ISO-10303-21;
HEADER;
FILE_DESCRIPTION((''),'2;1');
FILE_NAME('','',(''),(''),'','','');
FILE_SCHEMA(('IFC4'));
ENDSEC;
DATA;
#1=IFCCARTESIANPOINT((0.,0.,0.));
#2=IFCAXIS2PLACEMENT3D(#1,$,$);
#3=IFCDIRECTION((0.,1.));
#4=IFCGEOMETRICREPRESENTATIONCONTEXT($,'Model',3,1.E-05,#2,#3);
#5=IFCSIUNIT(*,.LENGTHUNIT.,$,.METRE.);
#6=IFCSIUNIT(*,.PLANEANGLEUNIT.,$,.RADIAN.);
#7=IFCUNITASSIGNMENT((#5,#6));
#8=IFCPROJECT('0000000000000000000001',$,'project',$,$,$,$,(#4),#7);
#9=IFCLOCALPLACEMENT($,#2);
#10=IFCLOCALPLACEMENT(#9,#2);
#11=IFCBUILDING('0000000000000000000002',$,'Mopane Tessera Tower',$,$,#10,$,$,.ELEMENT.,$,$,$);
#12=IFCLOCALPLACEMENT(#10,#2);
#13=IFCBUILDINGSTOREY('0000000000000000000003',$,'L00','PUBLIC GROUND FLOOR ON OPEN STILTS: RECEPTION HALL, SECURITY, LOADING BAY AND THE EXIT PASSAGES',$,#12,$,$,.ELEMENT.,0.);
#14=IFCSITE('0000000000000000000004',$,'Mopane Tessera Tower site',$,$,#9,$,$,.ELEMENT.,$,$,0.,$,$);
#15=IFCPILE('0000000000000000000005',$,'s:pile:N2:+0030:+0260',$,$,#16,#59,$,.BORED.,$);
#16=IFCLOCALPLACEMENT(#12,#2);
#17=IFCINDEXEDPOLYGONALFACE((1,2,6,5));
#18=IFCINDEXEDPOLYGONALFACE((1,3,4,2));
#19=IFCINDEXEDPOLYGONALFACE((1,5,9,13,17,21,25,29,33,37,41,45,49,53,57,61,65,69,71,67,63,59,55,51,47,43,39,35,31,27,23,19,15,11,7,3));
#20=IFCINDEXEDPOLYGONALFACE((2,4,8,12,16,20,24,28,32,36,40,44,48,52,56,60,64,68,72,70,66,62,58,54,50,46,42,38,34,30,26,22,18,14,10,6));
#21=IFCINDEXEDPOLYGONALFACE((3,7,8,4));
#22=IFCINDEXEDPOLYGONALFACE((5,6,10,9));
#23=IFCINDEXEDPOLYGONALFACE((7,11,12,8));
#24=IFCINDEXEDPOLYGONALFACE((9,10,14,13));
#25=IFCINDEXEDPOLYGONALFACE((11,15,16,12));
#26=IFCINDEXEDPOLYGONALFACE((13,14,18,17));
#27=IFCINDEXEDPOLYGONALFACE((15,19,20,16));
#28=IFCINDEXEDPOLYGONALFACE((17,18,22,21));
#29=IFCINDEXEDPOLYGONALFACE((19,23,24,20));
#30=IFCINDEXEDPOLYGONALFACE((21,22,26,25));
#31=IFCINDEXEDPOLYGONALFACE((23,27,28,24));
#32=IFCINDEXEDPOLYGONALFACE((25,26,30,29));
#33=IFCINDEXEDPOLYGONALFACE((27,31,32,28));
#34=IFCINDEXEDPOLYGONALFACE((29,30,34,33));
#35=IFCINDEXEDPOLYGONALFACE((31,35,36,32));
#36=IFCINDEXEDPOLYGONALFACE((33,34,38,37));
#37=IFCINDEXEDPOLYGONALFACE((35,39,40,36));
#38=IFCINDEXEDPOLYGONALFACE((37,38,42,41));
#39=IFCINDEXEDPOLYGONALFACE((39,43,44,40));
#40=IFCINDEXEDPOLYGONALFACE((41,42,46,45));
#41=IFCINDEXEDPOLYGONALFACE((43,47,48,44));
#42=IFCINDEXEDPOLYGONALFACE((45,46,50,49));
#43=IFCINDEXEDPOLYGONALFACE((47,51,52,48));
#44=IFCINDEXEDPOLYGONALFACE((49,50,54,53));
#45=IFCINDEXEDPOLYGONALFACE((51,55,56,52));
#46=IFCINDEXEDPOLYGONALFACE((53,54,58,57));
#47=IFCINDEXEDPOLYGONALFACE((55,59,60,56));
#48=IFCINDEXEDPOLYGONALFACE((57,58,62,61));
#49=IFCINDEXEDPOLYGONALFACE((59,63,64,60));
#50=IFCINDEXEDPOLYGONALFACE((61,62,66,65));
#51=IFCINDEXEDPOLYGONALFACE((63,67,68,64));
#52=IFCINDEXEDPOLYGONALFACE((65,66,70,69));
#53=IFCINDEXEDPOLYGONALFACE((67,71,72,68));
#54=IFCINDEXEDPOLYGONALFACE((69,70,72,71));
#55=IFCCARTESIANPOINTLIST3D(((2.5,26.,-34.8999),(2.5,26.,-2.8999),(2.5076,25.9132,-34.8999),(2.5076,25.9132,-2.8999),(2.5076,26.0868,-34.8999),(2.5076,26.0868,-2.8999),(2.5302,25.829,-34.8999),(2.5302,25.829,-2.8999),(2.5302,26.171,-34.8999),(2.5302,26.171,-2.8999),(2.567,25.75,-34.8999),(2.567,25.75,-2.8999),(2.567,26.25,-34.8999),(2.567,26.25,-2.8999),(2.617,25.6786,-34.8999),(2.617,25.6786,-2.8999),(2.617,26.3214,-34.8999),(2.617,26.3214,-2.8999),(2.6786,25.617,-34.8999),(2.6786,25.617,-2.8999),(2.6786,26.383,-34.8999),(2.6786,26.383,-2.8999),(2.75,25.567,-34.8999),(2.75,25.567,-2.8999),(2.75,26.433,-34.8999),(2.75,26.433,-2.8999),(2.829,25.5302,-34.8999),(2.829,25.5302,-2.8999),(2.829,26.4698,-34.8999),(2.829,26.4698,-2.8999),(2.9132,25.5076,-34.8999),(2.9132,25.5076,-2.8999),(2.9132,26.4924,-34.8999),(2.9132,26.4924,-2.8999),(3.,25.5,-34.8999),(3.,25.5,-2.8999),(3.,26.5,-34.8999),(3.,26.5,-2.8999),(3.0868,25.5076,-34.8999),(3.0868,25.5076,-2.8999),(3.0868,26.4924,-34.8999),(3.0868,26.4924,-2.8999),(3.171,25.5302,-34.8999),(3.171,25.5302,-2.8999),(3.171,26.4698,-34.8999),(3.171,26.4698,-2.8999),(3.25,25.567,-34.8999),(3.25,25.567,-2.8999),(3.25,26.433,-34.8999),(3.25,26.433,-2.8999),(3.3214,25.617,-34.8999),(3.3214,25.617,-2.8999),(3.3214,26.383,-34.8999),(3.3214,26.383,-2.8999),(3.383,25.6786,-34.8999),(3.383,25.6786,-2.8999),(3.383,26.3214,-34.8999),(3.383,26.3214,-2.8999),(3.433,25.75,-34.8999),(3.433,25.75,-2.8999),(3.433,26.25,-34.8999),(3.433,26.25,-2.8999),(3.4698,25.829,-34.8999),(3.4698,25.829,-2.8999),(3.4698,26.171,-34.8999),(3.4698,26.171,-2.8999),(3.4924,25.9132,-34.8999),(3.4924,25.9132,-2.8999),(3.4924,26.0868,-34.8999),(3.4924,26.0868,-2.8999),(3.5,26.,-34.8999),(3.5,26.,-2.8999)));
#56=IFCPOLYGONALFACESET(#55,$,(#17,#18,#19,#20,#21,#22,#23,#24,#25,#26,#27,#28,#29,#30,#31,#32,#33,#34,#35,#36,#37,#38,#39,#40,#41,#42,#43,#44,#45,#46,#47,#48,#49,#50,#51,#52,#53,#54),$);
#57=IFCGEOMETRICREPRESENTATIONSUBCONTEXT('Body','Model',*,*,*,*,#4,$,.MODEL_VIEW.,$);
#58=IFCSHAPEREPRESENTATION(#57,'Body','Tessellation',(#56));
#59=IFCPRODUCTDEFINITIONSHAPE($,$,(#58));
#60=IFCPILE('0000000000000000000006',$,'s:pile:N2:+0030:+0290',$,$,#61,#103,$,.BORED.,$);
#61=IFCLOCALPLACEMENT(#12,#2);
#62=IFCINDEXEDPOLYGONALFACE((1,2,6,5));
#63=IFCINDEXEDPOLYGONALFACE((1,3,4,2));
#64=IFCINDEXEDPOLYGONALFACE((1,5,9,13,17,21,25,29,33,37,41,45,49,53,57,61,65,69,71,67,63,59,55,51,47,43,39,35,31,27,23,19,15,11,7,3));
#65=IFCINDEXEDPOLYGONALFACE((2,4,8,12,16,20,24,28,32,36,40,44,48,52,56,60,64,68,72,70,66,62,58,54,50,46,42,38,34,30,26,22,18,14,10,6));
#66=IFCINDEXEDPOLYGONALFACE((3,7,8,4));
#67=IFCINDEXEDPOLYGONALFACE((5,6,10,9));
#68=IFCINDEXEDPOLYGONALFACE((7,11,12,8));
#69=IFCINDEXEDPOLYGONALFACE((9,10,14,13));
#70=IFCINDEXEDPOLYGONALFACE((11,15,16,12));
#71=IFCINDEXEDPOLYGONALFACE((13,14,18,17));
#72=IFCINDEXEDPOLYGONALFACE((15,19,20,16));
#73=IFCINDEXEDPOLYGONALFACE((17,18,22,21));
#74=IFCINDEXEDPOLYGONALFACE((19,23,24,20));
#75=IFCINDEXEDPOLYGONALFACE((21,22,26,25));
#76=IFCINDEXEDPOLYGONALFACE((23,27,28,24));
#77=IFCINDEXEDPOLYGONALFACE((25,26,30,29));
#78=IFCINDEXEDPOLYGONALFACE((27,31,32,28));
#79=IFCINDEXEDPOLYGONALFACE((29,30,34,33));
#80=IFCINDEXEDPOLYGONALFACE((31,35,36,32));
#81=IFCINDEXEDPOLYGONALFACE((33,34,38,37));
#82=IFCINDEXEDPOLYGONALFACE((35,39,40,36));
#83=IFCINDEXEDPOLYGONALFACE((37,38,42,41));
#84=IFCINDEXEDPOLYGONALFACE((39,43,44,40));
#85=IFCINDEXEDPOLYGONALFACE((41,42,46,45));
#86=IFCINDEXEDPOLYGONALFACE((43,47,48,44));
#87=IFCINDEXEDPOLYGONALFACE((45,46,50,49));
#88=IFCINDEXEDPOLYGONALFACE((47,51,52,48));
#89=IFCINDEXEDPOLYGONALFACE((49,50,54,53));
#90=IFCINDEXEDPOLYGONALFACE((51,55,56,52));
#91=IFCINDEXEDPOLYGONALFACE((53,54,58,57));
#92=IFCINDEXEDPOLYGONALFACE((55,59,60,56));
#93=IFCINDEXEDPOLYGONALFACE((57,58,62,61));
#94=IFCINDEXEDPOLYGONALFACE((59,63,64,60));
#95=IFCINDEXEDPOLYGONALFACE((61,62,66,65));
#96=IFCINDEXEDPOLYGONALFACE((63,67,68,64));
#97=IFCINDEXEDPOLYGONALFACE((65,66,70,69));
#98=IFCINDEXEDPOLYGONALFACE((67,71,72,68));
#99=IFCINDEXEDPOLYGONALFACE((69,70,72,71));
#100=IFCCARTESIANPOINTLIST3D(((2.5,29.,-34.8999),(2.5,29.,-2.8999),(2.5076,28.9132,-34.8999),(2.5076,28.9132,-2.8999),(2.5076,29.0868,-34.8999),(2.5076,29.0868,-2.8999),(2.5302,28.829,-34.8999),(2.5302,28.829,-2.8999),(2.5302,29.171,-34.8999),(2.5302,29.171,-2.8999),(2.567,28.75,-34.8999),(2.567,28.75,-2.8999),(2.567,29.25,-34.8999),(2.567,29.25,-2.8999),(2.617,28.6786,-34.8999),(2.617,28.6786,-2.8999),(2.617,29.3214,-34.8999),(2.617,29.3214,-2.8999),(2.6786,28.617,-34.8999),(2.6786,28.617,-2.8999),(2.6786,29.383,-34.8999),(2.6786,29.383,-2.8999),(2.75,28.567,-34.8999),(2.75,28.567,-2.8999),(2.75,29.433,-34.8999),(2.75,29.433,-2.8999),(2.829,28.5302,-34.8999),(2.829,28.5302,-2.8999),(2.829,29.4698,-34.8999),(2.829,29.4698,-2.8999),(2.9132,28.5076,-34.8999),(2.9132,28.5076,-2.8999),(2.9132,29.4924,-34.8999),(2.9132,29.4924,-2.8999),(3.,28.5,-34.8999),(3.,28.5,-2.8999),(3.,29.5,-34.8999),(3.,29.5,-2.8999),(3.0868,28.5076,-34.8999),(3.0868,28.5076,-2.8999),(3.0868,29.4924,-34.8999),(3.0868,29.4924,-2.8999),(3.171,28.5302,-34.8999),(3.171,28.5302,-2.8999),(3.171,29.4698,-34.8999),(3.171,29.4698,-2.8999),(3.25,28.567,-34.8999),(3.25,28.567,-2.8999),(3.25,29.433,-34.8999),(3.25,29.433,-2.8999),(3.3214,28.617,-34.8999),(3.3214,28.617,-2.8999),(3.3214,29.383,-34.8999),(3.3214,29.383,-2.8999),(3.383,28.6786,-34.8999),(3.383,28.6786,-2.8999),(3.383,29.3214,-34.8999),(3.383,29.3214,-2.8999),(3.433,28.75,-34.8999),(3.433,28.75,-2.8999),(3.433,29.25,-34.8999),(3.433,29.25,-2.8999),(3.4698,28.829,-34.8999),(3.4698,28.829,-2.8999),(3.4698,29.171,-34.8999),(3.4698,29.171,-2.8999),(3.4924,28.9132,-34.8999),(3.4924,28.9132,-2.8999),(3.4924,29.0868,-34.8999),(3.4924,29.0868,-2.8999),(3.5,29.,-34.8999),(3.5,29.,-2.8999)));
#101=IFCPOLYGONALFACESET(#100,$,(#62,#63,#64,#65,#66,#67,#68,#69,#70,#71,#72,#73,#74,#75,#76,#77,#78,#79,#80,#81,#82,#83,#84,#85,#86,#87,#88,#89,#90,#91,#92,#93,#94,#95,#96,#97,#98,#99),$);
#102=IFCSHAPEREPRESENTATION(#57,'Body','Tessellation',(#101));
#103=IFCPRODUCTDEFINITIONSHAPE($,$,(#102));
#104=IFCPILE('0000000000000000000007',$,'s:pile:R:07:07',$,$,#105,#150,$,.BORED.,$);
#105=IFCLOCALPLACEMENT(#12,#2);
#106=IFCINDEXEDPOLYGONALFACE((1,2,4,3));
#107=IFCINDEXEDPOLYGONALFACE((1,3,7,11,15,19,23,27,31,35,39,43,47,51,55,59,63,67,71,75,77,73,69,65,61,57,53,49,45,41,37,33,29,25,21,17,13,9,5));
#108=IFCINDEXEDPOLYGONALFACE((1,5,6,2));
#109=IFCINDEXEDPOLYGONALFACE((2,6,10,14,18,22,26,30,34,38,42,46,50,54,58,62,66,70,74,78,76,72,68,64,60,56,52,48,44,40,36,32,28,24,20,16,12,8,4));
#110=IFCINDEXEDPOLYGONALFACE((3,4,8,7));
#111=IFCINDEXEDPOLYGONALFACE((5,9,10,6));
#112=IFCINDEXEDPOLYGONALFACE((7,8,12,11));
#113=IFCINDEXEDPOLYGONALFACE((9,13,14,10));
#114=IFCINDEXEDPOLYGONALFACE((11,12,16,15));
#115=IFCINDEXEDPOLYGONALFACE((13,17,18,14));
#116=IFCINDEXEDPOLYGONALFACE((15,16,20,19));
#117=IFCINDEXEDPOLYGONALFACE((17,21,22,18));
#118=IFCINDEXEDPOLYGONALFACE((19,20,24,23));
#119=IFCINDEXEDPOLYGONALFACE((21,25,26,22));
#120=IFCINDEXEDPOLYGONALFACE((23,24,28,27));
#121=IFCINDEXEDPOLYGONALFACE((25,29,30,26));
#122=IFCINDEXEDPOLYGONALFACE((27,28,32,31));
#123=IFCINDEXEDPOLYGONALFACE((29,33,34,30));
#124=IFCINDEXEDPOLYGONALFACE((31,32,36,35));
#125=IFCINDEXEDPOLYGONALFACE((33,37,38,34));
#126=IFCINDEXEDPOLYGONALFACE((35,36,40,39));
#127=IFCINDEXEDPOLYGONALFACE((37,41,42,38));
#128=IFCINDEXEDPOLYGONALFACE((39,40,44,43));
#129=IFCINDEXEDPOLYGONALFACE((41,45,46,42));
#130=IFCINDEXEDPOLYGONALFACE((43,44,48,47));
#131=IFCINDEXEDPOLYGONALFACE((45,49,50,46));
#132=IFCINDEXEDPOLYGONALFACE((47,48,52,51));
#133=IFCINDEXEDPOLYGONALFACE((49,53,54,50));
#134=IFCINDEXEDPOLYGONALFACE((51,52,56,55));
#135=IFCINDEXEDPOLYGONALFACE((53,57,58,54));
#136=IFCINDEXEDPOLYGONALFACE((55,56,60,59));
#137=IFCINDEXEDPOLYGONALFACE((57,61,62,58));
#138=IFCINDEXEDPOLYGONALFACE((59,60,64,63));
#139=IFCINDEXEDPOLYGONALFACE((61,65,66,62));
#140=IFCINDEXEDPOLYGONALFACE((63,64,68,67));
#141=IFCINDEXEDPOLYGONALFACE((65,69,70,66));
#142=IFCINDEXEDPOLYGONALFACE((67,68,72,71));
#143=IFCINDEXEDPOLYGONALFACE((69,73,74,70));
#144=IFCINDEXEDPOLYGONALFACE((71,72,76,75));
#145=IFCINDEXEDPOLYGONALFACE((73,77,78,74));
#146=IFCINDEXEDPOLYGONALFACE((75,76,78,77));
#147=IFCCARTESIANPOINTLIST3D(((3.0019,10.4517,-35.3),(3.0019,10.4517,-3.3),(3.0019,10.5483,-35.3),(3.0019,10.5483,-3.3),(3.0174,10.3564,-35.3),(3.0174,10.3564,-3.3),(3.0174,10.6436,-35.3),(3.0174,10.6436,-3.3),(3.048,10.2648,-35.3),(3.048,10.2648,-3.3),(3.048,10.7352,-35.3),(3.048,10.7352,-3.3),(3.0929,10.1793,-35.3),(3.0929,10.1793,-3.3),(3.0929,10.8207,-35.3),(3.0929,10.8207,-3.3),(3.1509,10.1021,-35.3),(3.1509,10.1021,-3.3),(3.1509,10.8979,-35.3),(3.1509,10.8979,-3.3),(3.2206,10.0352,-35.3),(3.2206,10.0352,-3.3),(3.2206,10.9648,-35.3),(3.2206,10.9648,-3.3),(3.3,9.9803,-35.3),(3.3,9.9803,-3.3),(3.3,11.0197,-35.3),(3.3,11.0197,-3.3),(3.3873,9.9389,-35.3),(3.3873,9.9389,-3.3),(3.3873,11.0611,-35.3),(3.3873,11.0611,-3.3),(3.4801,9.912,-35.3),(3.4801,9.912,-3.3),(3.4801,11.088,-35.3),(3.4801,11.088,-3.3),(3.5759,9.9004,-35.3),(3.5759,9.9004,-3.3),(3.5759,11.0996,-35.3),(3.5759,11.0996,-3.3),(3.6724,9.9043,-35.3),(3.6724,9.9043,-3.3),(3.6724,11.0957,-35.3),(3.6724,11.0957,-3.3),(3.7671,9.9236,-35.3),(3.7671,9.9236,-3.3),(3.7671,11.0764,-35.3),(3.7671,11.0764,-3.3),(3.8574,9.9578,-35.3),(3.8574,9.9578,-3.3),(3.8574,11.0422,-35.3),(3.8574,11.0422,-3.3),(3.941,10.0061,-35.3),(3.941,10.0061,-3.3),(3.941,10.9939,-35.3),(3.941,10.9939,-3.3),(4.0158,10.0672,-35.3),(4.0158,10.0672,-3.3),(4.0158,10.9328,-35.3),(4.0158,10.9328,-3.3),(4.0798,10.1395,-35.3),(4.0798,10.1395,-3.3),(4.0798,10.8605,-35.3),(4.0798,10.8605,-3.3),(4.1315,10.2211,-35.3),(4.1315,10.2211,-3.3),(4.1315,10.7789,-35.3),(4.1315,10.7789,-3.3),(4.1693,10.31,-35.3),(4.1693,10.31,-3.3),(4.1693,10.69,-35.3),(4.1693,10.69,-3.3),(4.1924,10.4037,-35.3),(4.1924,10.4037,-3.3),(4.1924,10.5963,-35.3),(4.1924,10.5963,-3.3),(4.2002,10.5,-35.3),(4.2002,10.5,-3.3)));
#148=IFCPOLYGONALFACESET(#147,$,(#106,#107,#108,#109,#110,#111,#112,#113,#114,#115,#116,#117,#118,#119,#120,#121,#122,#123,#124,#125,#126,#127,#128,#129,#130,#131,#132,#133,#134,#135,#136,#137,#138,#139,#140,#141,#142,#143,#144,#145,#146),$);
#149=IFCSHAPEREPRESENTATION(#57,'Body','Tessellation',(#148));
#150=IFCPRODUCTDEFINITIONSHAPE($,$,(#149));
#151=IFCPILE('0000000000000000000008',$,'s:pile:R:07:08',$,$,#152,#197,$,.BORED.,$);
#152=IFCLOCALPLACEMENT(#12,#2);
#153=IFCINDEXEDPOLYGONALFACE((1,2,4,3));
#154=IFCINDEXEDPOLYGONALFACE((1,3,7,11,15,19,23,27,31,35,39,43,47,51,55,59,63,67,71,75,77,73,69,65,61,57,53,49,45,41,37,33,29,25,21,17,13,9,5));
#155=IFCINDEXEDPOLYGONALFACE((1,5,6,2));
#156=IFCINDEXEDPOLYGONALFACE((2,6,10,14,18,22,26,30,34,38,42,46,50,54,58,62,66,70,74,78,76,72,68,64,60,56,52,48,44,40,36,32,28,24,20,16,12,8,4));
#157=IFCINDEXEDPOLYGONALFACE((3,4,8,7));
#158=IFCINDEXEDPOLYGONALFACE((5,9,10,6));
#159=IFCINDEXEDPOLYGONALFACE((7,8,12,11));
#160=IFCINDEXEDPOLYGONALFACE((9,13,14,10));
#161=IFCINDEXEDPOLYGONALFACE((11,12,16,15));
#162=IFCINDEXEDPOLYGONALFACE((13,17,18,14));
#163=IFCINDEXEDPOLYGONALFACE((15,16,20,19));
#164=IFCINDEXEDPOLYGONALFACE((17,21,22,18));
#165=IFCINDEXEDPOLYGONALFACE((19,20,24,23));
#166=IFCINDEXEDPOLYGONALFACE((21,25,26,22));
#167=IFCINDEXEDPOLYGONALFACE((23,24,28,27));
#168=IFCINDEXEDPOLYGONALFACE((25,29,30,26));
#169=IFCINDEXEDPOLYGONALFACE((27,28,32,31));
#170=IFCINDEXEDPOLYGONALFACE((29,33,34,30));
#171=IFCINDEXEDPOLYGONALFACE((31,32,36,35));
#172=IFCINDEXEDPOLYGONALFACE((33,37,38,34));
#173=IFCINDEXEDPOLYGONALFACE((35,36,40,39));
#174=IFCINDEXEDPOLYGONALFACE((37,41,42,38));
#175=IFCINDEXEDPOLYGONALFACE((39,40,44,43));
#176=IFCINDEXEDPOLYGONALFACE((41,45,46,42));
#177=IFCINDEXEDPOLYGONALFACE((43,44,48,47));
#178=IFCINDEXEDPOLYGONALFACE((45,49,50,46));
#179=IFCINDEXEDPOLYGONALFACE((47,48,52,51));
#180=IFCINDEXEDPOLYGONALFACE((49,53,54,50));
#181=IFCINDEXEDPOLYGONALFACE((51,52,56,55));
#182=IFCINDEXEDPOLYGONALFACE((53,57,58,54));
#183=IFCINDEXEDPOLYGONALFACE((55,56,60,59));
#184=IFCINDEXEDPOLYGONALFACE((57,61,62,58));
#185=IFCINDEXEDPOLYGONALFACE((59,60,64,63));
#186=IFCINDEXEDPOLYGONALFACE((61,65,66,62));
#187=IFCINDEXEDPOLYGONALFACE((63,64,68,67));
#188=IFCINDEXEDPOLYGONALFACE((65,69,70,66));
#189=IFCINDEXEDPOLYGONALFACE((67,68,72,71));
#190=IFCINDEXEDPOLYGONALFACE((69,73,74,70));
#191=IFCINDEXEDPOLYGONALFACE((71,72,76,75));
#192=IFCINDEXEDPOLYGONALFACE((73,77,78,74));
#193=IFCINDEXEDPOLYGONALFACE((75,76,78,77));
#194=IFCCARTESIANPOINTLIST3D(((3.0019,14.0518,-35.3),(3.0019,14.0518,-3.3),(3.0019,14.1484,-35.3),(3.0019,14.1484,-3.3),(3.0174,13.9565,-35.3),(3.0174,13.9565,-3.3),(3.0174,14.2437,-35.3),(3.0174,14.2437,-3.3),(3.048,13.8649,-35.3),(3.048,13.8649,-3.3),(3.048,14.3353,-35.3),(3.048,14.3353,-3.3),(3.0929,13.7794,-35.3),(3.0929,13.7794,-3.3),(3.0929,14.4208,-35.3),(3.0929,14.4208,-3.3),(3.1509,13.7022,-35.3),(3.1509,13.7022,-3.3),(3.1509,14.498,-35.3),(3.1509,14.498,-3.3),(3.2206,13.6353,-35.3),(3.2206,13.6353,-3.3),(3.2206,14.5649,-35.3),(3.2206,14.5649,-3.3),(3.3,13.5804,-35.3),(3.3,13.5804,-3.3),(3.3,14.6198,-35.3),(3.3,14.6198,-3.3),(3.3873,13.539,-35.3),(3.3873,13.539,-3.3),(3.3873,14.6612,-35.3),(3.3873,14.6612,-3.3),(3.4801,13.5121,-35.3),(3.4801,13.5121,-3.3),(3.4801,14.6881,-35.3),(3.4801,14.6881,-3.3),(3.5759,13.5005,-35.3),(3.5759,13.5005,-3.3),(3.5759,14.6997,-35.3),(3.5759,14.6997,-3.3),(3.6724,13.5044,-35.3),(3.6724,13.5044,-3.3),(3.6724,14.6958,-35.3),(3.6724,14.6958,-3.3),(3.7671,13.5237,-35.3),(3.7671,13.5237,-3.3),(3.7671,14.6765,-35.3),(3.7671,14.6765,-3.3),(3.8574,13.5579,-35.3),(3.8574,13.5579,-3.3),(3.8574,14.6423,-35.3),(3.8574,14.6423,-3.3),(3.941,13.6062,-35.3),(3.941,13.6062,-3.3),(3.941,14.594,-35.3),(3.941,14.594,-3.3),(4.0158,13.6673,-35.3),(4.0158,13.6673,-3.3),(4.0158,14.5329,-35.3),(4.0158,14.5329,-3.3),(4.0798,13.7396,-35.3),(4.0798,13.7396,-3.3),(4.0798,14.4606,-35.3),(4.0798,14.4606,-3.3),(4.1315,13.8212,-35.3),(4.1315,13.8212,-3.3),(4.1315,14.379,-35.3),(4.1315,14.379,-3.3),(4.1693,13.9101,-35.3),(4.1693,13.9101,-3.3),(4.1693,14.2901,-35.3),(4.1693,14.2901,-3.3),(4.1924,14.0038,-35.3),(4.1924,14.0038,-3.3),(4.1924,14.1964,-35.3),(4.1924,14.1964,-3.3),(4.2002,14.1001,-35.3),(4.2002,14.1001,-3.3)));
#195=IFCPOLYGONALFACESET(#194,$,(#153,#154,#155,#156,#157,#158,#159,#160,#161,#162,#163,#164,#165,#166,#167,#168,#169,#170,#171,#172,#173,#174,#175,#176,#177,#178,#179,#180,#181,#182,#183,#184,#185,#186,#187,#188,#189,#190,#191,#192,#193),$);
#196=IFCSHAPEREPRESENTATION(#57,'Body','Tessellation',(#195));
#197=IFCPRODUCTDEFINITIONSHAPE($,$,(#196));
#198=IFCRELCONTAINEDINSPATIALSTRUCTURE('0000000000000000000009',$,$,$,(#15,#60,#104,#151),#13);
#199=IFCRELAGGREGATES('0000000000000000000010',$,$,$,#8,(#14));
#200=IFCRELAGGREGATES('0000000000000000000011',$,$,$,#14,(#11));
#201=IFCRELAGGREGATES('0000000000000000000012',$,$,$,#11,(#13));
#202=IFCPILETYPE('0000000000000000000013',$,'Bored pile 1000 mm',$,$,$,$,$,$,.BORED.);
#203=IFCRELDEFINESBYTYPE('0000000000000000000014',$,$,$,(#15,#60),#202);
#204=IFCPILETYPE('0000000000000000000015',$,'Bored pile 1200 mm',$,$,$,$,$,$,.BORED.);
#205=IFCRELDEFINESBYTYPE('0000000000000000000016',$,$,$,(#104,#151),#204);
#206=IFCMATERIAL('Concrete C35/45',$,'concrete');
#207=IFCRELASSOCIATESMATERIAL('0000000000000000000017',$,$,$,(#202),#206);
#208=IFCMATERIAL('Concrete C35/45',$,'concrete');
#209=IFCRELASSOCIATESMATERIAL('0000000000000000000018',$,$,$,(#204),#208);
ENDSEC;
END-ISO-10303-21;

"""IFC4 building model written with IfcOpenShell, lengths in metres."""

from ifc_helpers import new_model, si_unit, direction, frame, origin, origin_2d, place, context, subcontext, project, spatial, circle, extrude, material, material_profile, profile_set, type_object, element, save


model = new_model("IFC4")

# Units and contexts
model_context = context("Model", 3, precision=1e-05, world=origin(), true_north=direction((0.0, 1.0)))
body_context = subcontext(model_context, "Body", "Model", "MODEL_VIEW")
ifc_project = project(units=[si_unit("LENGTHUNIT", "METRE"), si_unit("PLANEANGLEUNIT", "RADIAN")], contexts=[model_context])

# Site, building, storey
site_placement = place(None, origin())
site = spatial("IfcSite", under=ifc_project, at=site_placement, Name="Mopane Tessera Tower site", CompositionType="ELEMENT", RefElevation=0.0)
building_placement = place(site_placement, origin())
building = spatial("IfcBuilding", under=site, at=building_placement, Name="Mopane Tessera Tower", CompositionType="ELEMENT")
storey_placement = place(building_placement, origin())
storey = spatial("IfcBuildingStorey", under=building, at=storey_placement, Name="L00", Description="PUBLIC GROUND FLOOR ON OPEN STILTS: RECEPTION HALL, SECURITY, LOADING BAY AND THE EXIT PASSAGES", CompositionType="ELEMENT", Elevation=0.0)

# Piles
ifc_material_1 = material(Name="Concrete C35/45", Category="concrete")
ifc_material_profile_1 = material_profile(ifc_material_1, circle(Radius=0.5, at=origin_2d()))
ifc_profile_set_1 = profile_set([ifc_material_profile_1], Name="Concrete C35/45")
pile_type_1 = type_object("IfcPileType", Name="Bored pile 1000 mm", PredefinedType="BORED", material=ifc_profile_set_1)
for number, where, z_axis, x_axis, name in (
    (1, (3.0, 26.0, -2.8999), (0.0, 0.0, -1.0), (1.0, 0.0, 0.0), "s:pile:N2:+0030:+0260"),
    (2, (3.0, 29.0, -2.8999), (0.0, 0.0, -1.0), (1.0, 0.0, 0.0), "s:pile:N2:+0030:+0290"),
):
    element("IfcPile", number, at=place(storey_placement, frame(where, z_axis=z_axis, x_axis=x_axis)), inside=storey, type_object=pile_type_1, Name=name, PredefinedType="BORED", context=body_context, shape_type="SweptSolid", body=[
        extrude(circle(Radius=0.5, at=origin_2d()), origin(), (0.0, 0.0, 1.0), 32.0),
    ])
ifc_material_2 = material(Name="Concrete C35/45", Category="concrete")
ifc_material_profile_2 = material_profile(ifc_material_2, circle(Radius=0.6001, at=origin_2d()))
ifc_profile_set_2 = profile_set([ifc_material_profile_2], Name="Concrete C35/45")
pile_type_2 = type_object("IfcPileType", Name="Bored pile 1200 mm", PredefinedType="BORED", material=ifc_profile_set_2)
for number, where, z_axis, x_axis, name in (
    (3, (3.6001, 10.5, -3.3), (0.0, 0.0, -1.0), (1.0, 0.0, 0.0), "s:pile:R:07:07"),
    (4, (3.6001, 14.1001, -3.3), (0.0, 0.0, -1.0), (1.0, 0.0, 0.0), "s:pile:R:07:08"),
):
    element("IfcPile", number, at=place(storey_placement, frame(where, z_axis=z_axis, x_axis=x_axis)), inside=storey, type_object=pile_type_2, Name=name, PredefinedType="BORED", context=body_context, shape_type="SweptSolid", body=[
        extrude(circle(Radius=0.6001, at=origin_2d()), origin(), (0.0, 0.0, 1.0), 32.0),
    ])

save(model, "model.ifc")
